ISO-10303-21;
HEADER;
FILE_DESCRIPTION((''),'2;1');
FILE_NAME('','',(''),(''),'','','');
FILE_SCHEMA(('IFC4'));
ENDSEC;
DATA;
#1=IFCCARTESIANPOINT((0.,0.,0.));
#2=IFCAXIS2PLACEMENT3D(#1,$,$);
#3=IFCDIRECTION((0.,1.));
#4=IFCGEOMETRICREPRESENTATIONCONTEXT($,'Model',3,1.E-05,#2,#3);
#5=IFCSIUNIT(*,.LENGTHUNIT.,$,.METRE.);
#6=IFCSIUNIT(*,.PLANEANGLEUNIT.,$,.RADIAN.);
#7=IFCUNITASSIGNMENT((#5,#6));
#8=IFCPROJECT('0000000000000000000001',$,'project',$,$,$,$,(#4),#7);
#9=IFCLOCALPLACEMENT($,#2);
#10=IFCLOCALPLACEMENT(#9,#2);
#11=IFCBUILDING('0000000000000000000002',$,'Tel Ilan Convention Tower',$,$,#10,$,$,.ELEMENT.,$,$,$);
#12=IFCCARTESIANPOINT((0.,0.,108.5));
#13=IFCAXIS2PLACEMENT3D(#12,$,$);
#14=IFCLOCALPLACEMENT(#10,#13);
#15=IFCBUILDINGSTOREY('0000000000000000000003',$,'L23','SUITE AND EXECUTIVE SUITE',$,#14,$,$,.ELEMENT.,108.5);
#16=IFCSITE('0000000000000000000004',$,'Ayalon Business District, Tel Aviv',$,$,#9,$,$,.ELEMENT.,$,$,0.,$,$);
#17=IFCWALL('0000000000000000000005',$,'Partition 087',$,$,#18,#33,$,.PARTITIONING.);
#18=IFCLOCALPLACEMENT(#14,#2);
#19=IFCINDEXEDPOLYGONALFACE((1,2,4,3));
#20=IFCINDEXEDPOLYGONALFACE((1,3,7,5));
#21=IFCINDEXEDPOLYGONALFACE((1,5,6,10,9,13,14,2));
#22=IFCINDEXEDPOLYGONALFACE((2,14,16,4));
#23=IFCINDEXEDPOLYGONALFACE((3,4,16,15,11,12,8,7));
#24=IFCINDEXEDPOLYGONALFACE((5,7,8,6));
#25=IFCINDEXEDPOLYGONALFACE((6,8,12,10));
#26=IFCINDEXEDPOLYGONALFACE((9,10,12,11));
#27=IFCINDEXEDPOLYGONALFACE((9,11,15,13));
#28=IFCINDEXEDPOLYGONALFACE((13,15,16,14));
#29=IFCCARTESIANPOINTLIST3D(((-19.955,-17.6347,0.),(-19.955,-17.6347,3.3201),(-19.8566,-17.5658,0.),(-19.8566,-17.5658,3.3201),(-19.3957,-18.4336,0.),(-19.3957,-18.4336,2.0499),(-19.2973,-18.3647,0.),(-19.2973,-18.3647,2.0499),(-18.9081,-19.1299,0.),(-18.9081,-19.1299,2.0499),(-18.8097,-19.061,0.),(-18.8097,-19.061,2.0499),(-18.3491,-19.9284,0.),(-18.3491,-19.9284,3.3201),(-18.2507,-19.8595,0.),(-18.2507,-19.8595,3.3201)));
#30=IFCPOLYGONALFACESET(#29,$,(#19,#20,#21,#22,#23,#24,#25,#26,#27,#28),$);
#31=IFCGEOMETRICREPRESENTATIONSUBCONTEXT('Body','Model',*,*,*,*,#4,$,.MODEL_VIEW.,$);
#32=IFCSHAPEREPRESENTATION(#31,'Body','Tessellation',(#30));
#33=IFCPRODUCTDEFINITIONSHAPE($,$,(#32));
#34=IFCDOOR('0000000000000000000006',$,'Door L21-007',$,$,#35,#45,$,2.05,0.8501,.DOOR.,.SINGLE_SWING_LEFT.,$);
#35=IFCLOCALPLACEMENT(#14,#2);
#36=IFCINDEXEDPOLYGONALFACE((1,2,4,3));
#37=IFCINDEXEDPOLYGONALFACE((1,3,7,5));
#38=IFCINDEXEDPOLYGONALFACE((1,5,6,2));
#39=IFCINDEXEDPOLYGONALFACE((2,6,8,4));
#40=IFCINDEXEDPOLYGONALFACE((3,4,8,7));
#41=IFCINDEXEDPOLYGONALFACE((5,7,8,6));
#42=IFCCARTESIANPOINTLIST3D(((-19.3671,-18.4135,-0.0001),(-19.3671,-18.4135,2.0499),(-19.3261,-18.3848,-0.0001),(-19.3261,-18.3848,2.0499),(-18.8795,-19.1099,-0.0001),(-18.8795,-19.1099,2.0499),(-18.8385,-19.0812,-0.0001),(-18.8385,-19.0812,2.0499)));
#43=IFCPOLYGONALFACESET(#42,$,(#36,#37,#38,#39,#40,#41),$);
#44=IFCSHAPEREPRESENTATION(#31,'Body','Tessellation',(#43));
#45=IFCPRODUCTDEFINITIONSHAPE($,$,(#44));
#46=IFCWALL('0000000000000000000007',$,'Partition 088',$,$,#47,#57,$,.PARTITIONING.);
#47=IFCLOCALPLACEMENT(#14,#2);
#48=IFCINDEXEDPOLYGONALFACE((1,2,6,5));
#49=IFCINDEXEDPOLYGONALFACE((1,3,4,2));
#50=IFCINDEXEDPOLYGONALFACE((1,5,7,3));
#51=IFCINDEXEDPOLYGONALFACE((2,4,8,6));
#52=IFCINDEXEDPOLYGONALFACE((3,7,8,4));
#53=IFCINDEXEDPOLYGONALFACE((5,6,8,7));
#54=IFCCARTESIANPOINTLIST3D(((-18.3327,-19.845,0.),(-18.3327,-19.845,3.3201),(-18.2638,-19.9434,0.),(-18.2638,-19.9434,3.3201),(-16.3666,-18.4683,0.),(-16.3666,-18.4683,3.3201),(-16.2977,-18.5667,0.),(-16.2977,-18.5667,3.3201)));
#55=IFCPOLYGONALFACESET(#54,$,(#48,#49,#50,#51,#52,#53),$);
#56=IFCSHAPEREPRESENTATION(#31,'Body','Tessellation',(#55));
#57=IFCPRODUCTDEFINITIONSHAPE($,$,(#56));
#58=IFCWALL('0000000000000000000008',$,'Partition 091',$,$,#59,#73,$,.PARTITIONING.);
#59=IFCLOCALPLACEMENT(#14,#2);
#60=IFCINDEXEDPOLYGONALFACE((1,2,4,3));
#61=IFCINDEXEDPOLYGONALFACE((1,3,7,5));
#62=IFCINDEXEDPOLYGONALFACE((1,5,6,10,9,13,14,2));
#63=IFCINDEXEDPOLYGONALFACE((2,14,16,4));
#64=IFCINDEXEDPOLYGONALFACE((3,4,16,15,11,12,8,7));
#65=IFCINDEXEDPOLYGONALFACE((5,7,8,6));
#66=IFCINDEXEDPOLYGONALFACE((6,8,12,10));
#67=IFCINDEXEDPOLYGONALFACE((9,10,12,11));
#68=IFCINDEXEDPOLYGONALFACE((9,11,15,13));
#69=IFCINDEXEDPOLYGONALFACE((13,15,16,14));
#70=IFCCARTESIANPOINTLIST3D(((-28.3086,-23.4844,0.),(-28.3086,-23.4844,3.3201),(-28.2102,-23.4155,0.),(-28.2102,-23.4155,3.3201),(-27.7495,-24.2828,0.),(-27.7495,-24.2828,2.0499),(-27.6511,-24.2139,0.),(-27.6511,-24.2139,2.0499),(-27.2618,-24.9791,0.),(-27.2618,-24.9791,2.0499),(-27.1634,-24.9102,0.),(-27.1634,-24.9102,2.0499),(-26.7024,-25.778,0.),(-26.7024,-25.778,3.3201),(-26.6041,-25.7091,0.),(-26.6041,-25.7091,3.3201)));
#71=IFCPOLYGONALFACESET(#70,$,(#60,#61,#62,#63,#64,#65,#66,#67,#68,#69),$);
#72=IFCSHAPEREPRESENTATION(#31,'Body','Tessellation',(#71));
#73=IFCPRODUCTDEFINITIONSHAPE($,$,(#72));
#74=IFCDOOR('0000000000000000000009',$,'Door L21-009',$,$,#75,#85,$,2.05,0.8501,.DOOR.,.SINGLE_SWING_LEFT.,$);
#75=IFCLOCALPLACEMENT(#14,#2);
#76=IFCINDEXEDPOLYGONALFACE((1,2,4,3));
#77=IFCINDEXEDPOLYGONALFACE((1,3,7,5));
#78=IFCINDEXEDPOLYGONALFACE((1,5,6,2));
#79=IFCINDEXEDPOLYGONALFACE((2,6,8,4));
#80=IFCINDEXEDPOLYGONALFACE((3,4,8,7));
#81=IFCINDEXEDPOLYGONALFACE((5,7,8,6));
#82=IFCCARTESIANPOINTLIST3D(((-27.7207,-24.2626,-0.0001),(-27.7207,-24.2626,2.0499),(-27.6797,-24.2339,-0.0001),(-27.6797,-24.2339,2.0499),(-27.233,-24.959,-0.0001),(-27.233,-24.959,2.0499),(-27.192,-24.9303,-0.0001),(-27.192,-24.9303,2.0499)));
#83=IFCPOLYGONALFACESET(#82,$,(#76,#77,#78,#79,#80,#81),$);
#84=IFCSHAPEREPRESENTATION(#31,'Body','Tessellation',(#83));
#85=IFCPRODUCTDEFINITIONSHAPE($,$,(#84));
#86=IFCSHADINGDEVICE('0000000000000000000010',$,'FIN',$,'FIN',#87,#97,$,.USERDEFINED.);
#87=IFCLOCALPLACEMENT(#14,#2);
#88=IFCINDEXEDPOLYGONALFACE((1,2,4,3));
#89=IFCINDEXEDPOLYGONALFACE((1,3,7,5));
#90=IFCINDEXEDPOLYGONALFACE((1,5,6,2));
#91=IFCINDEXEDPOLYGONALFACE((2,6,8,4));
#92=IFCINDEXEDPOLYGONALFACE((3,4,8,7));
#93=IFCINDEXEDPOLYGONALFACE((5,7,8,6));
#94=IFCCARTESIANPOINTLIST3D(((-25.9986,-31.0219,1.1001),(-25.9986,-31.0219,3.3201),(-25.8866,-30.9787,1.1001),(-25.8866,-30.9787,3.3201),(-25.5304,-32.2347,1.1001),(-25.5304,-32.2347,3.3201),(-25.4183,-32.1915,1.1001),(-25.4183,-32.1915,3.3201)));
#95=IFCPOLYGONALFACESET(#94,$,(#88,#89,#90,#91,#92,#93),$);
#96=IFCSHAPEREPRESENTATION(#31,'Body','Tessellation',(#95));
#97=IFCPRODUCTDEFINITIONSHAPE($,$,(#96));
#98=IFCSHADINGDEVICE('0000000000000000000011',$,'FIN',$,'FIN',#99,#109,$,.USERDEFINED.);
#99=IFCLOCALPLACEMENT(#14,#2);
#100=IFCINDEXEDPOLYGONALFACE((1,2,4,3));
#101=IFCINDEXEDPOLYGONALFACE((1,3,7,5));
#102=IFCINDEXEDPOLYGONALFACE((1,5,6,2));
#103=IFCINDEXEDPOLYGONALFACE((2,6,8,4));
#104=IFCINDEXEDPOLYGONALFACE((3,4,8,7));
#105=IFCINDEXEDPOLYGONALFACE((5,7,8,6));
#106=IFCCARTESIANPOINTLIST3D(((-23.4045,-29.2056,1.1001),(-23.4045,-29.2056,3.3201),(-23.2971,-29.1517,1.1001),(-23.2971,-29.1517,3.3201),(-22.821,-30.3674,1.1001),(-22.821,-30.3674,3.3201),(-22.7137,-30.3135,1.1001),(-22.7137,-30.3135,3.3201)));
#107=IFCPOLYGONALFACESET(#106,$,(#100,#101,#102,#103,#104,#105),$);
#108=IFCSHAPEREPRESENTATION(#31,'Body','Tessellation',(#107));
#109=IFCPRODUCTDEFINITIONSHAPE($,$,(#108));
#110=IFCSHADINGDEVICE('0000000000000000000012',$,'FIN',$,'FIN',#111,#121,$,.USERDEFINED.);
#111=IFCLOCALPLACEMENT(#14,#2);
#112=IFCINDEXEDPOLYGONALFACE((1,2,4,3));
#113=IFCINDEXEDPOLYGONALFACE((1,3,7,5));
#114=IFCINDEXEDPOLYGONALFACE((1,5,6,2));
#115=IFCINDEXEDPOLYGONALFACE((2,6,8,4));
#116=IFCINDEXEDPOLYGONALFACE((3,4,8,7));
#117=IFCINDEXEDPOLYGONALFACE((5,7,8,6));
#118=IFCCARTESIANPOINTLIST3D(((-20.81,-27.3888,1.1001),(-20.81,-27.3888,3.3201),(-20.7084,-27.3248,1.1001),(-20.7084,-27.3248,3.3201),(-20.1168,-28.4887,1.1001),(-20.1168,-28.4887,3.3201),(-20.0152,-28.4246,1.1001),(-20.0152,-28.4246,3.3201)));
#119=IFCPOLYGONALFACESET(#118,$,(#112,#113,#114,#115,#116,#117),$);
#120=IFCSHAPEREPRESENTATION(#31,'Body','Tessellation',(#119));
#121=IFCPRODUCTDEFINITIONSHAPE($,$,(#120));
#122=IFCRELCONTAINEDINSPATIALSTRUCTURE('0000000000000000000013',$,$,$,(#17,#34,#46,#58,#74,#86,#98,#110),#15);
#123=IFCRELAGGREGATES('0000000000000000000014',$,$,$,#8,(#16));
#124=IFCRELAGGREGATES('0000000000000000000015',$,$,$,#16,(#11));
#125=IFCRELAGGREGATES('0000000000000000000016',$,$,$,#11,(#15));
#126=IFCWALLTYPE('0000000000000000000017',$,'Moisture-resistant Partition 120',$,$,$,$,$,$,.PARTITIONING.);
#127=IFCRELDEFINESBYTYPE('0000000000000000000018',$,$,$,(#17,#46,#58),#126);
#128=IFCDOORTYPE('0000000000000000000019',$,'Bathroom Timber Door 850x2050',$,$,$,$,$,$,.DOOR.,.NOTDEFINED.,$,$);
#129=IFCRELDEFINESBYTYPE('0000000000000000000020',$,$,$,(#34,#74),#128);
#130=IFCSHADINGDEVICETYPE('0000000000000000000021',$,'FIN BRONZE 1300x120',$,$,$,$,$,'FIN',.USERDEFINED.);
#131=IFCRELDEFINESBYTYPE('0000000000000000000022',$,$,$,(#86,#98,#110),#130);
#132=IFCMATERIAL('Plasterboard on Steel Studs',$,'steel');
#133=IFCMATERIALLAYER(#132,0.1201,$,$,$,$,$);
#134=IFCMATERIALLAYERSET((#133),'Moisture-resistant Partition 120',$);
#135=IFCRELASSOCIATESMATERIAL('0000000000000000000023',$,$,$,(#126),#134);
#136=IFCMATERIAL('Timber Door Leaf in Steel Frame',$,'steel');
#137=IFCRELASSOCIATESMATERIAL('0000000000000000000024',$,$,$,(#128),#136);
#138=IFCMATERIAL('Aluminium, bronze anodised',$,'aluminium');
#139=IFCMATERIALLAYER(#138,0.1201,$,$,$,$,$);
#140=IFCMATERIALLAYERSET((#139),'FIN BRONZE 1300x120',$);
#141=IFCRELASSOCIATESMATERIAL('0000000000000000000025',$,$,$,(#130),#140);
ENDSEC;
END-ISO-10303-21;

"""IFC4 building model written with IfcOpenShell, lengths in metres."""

from ifc_helpers import new_model, si_unit, direction, frame, frame_2d, origin, origin_2d, place, context, subcontext, project, spatial, rectangle, extrude, material, layer, layer_set, type_object, element, fill, save


model = new_model("IFC4")

# Units and contexts
model_context = context("Model", 3, precision=1e-05, world=origin(), true_north=direction((0.0, 1.0)))
body_context = subcontext(model_context, "Body", "Model", "MODEL_VIEW")
ifc_project = project(units=[si_unit("LENGTHUNIT", "METRE"), si_unit("PLANEANGLEUNIT", "RADIAN")], contexts=[model_context])

# Site, building, storey
site_placement = place(None, origin())
site = spatial("IfcSite", under=ifc_project, at=site_placement, Name="Ayalon Business District, Tel Aviv", CompositionType="ELEMENT", RefElevation=0.0)
building_placement = place(site_placement, origin())
building = spatial("IfcBuilding", under=site, at=building_placement, Name="Tel Ilan Convention Tower", CompositionType="ELEMENT")
storey_placement = place(building_placement, frame((0.0, 0.0, 108.5)))
storey = spatial("IfcBuildingStorey", under=building, at=storey_placement, Name="L23", Description="SUITE AND EXECUTIVE SUITE", CompositionType="ELEMENT", Elevation=108.5)

# Wall, opening, door
ifc_material_1 = material(Name="Plasterboard on Steel Studs", Category="steel")
ifc_layer_1 = layer(ifc_material_1, 0.1201)
ifc_layer_set_1 = layer_set([ifc_layer_1], Name="Moisture-resistant Partition 120")
wall_type_1 = type_object("IfcWallType", Name="Moisture-resistant Partition 120", PredefinedType="PARTITIONING", material=ifc_layer_set_1)
ifc_material_2 = material(Name="Timber Door Leaf in Steel Frame", Category="steel")
door_type_1 = type_object("IfcDoorType", Name="Bathroom Timber Door 850x2050", OperationType="NOTDEFINED", PredefinedType="DOOR", material=ifc_material_2)
wall_1_placement = place(storey_placement, frame((-19.9058, -17.6003, 0.0), z_axis=(0.0, 0.0, 1.0), x_axis=(0.57355, -0.81917, 0.0)))
wall_1 = element("IfcWall", 1, at=wall_1_placement, inside=storey, type_object=wall_type_1, Name="Partition 087", PredefinedType="PARTITIONING", context=body_context, shape_type="SweptSolid", body=[
    extrude(rectangle(XDim=2.8, YDim=0.1201, at=frame_2d((1.3999, 0.0))), origin(), (0.0, 0.0, 1.0), 3.3201),
])
opening_1_placement = place(wall_1_placement, frame((0.9751, 0.0, 0.0)))
opening_1 = element("IfcOpeningElement", 2, at=opening_1_placement, cuts=wall_1, PredefinedType="OPENING", context=body_context, shape_type="SweptSolid", body=[
    extrude(rectangle(XDim=0.8501, YDim=2.05, at=frame_2d((0.425, 1.0249))), frame((0.0, 0.0701, 0.0), z_axis=(0.0, -1.0, 0.0), x_axis=(1.0, 0.0, 0.0)), (0.0, 0.0, 1.0), 0.1401),
])
door_1_placement = place(opening_1_placement, origin())
door_1 = element("IfcDoor", 3, at=door_1_placement, inside=storey, type_object=door_type_1, Name="Door L21-007", OperationType="SINGLE_SWING_LEFT", OverallHeight=2.05, OverallWidth=0.8501, PredefinedType="DOOR", context=body_context, shape_type="SweptSolid", body=[
    extrude(rectangle(XDim=0.8501, YDim=2.05, at=frame_2d((0.425, 1.0249))), frame((0.0, 0.0249, 0.0), z_axis=(0.0, -1.0, 0.0), x_axis=(1.0, 0.0, 0.0)), (0.0, 0.0, 1.0), 0.05),
])
fill(opening_1, door_1)

# Wall
wall_2_placement = place(storey_placement, frame((-18.2983, -19.8943, 0.0), z_axis=(0.0, 0.0, 1.0), x_axis=(0.819141, 0.573592, 0.0)))
element("IfcWall", 4, at=wall_2_placement, inside=storey, type_object=wall_type_1, Name="Partition 088", PredefinedType="PARTITIONING", context=body_context, shape_type="SweptSolid", body=[
    extrude(rectangle(XDim=2.4001, YDim=0.1201, at=frame_2d((1.2002, 0.0))), origin(), (0.0, 0.0, 1.0), 3.3201),
])

# Wall, opening, door
wall_3_placement = place(storey_placement, frame((-26.6533, -25.7434, 0.0), z_axis=(0.0, 0.0, 1.0), x_axis=(-0.573609, 0.81913, 0.0)))
wall_3 = element("IfcWall", 5, at=wall_3_placement, inside=storey, type_object=wall_type_1, Name="Partition 091", PredefinedType="PARTITIONING", context=body_context, shape_type="SweptSolid", body=[
    extrude(rectangle(XDim=2.8, YDim=0.1201, at=frame_2d((1.3999, 0.0))), origin(), (0.0, 0.0, 1.0), 3.3201),
])
opening_2_placement = place(wall_3_placement, frame((0.9751, 0.0, 0.0)))
opening_2 = element("IfcOpeningElement", 6, at=opening_2_placement, cuts=wall_3, PredefinedType="OPENING", context=body_context, shape_type="SweptSolid", body=[
    extrude(rectangle(XDim=0.8501, YDim=2.05, at=frame_2d((0.425, 1.0249))), frame((0.0, 0.0701, 0.0), z_axis=(0.0, -1.0, 0.0), x_axis=(1.0, 0.0, 0.0)), (0.0, 0.0, 1.0), 0.1401),
])
door_2_placement = place(opening_2_placement, origin())
door_2 = element("IfcDoor", 7, at=door_2_placement, inside=storey, type_object=door_type_1, Name="Door L21-009", OperationType="SINGLE_SWING_LEFT", OverallHeight=2.05, OverallWidth=0.8501, PredefinedType="DOOR", context=body_context, shape_type="SweptSolid", body=[
    extrude(rectangle(XDim=0.8501, YDim=2.05, at=frame_2d((0.425, 1.0249))), frame((0.0, 0.0249, 0.0), z_axis=(0.0, -1.0, 0.0), x_axis=(1.0, 0.0, 0.0)), (0.0, 0.0, 1.0), 0.05),
])
fill(opening_2, door_2)

# Shading devices
ifc_material_3 = material(Name="Aluminium, bronze anodised", Category="aluminium")
ifc_layer_2 = layer(ifc_material_3, 0.1201)
ifc_layer_set_2 = layer_set([ifc_layer_2], Name="FIN BRONZE 1300x120")
shading_device_type = type_object("IfcShadingDeviceType", Name="FIN BRONZE 1300x120", ElementType="FIN", PredefinedType="USERDEFINED", material=ifc_layer_set_2)
for number, where, z_axis, x_axis, name in (
    (8, (-25.7085, -31.6067, 1.1001), (0.0, 0.0, 1.0), (0.360178, -0.932884, 0.0), "FIN"),
    (9, (-23.0591, -29.7595, 1.1001), (0.0, 0.0, 1.0), (0.448799, -0.893633, 0.0), "FIN"),
    (10, (-20.4126, -27.9067, 1.1001), (0.0, 0.0, 1.0), (0.533204, -0.845986, 0.0), "FIN"),
):
    element("IfcShadingDevice", number, at=place(storey_placement, frame(where, z_axis=z_axis, x_axis=x_axis)), inside=storey, type_object=shading_device_type, Name=name, ObjectType="FIN", PredefinedType="USERDEFINED", context=body_context, shape_type="SweptSolid", body=[
        extrude(rectangle(XDim=1.3, YDim=0.1201, at=origin_2d()), origin(), (0.0, 0.0, 1.0), 2.22),
    ])

save(model, "model.ifc")
